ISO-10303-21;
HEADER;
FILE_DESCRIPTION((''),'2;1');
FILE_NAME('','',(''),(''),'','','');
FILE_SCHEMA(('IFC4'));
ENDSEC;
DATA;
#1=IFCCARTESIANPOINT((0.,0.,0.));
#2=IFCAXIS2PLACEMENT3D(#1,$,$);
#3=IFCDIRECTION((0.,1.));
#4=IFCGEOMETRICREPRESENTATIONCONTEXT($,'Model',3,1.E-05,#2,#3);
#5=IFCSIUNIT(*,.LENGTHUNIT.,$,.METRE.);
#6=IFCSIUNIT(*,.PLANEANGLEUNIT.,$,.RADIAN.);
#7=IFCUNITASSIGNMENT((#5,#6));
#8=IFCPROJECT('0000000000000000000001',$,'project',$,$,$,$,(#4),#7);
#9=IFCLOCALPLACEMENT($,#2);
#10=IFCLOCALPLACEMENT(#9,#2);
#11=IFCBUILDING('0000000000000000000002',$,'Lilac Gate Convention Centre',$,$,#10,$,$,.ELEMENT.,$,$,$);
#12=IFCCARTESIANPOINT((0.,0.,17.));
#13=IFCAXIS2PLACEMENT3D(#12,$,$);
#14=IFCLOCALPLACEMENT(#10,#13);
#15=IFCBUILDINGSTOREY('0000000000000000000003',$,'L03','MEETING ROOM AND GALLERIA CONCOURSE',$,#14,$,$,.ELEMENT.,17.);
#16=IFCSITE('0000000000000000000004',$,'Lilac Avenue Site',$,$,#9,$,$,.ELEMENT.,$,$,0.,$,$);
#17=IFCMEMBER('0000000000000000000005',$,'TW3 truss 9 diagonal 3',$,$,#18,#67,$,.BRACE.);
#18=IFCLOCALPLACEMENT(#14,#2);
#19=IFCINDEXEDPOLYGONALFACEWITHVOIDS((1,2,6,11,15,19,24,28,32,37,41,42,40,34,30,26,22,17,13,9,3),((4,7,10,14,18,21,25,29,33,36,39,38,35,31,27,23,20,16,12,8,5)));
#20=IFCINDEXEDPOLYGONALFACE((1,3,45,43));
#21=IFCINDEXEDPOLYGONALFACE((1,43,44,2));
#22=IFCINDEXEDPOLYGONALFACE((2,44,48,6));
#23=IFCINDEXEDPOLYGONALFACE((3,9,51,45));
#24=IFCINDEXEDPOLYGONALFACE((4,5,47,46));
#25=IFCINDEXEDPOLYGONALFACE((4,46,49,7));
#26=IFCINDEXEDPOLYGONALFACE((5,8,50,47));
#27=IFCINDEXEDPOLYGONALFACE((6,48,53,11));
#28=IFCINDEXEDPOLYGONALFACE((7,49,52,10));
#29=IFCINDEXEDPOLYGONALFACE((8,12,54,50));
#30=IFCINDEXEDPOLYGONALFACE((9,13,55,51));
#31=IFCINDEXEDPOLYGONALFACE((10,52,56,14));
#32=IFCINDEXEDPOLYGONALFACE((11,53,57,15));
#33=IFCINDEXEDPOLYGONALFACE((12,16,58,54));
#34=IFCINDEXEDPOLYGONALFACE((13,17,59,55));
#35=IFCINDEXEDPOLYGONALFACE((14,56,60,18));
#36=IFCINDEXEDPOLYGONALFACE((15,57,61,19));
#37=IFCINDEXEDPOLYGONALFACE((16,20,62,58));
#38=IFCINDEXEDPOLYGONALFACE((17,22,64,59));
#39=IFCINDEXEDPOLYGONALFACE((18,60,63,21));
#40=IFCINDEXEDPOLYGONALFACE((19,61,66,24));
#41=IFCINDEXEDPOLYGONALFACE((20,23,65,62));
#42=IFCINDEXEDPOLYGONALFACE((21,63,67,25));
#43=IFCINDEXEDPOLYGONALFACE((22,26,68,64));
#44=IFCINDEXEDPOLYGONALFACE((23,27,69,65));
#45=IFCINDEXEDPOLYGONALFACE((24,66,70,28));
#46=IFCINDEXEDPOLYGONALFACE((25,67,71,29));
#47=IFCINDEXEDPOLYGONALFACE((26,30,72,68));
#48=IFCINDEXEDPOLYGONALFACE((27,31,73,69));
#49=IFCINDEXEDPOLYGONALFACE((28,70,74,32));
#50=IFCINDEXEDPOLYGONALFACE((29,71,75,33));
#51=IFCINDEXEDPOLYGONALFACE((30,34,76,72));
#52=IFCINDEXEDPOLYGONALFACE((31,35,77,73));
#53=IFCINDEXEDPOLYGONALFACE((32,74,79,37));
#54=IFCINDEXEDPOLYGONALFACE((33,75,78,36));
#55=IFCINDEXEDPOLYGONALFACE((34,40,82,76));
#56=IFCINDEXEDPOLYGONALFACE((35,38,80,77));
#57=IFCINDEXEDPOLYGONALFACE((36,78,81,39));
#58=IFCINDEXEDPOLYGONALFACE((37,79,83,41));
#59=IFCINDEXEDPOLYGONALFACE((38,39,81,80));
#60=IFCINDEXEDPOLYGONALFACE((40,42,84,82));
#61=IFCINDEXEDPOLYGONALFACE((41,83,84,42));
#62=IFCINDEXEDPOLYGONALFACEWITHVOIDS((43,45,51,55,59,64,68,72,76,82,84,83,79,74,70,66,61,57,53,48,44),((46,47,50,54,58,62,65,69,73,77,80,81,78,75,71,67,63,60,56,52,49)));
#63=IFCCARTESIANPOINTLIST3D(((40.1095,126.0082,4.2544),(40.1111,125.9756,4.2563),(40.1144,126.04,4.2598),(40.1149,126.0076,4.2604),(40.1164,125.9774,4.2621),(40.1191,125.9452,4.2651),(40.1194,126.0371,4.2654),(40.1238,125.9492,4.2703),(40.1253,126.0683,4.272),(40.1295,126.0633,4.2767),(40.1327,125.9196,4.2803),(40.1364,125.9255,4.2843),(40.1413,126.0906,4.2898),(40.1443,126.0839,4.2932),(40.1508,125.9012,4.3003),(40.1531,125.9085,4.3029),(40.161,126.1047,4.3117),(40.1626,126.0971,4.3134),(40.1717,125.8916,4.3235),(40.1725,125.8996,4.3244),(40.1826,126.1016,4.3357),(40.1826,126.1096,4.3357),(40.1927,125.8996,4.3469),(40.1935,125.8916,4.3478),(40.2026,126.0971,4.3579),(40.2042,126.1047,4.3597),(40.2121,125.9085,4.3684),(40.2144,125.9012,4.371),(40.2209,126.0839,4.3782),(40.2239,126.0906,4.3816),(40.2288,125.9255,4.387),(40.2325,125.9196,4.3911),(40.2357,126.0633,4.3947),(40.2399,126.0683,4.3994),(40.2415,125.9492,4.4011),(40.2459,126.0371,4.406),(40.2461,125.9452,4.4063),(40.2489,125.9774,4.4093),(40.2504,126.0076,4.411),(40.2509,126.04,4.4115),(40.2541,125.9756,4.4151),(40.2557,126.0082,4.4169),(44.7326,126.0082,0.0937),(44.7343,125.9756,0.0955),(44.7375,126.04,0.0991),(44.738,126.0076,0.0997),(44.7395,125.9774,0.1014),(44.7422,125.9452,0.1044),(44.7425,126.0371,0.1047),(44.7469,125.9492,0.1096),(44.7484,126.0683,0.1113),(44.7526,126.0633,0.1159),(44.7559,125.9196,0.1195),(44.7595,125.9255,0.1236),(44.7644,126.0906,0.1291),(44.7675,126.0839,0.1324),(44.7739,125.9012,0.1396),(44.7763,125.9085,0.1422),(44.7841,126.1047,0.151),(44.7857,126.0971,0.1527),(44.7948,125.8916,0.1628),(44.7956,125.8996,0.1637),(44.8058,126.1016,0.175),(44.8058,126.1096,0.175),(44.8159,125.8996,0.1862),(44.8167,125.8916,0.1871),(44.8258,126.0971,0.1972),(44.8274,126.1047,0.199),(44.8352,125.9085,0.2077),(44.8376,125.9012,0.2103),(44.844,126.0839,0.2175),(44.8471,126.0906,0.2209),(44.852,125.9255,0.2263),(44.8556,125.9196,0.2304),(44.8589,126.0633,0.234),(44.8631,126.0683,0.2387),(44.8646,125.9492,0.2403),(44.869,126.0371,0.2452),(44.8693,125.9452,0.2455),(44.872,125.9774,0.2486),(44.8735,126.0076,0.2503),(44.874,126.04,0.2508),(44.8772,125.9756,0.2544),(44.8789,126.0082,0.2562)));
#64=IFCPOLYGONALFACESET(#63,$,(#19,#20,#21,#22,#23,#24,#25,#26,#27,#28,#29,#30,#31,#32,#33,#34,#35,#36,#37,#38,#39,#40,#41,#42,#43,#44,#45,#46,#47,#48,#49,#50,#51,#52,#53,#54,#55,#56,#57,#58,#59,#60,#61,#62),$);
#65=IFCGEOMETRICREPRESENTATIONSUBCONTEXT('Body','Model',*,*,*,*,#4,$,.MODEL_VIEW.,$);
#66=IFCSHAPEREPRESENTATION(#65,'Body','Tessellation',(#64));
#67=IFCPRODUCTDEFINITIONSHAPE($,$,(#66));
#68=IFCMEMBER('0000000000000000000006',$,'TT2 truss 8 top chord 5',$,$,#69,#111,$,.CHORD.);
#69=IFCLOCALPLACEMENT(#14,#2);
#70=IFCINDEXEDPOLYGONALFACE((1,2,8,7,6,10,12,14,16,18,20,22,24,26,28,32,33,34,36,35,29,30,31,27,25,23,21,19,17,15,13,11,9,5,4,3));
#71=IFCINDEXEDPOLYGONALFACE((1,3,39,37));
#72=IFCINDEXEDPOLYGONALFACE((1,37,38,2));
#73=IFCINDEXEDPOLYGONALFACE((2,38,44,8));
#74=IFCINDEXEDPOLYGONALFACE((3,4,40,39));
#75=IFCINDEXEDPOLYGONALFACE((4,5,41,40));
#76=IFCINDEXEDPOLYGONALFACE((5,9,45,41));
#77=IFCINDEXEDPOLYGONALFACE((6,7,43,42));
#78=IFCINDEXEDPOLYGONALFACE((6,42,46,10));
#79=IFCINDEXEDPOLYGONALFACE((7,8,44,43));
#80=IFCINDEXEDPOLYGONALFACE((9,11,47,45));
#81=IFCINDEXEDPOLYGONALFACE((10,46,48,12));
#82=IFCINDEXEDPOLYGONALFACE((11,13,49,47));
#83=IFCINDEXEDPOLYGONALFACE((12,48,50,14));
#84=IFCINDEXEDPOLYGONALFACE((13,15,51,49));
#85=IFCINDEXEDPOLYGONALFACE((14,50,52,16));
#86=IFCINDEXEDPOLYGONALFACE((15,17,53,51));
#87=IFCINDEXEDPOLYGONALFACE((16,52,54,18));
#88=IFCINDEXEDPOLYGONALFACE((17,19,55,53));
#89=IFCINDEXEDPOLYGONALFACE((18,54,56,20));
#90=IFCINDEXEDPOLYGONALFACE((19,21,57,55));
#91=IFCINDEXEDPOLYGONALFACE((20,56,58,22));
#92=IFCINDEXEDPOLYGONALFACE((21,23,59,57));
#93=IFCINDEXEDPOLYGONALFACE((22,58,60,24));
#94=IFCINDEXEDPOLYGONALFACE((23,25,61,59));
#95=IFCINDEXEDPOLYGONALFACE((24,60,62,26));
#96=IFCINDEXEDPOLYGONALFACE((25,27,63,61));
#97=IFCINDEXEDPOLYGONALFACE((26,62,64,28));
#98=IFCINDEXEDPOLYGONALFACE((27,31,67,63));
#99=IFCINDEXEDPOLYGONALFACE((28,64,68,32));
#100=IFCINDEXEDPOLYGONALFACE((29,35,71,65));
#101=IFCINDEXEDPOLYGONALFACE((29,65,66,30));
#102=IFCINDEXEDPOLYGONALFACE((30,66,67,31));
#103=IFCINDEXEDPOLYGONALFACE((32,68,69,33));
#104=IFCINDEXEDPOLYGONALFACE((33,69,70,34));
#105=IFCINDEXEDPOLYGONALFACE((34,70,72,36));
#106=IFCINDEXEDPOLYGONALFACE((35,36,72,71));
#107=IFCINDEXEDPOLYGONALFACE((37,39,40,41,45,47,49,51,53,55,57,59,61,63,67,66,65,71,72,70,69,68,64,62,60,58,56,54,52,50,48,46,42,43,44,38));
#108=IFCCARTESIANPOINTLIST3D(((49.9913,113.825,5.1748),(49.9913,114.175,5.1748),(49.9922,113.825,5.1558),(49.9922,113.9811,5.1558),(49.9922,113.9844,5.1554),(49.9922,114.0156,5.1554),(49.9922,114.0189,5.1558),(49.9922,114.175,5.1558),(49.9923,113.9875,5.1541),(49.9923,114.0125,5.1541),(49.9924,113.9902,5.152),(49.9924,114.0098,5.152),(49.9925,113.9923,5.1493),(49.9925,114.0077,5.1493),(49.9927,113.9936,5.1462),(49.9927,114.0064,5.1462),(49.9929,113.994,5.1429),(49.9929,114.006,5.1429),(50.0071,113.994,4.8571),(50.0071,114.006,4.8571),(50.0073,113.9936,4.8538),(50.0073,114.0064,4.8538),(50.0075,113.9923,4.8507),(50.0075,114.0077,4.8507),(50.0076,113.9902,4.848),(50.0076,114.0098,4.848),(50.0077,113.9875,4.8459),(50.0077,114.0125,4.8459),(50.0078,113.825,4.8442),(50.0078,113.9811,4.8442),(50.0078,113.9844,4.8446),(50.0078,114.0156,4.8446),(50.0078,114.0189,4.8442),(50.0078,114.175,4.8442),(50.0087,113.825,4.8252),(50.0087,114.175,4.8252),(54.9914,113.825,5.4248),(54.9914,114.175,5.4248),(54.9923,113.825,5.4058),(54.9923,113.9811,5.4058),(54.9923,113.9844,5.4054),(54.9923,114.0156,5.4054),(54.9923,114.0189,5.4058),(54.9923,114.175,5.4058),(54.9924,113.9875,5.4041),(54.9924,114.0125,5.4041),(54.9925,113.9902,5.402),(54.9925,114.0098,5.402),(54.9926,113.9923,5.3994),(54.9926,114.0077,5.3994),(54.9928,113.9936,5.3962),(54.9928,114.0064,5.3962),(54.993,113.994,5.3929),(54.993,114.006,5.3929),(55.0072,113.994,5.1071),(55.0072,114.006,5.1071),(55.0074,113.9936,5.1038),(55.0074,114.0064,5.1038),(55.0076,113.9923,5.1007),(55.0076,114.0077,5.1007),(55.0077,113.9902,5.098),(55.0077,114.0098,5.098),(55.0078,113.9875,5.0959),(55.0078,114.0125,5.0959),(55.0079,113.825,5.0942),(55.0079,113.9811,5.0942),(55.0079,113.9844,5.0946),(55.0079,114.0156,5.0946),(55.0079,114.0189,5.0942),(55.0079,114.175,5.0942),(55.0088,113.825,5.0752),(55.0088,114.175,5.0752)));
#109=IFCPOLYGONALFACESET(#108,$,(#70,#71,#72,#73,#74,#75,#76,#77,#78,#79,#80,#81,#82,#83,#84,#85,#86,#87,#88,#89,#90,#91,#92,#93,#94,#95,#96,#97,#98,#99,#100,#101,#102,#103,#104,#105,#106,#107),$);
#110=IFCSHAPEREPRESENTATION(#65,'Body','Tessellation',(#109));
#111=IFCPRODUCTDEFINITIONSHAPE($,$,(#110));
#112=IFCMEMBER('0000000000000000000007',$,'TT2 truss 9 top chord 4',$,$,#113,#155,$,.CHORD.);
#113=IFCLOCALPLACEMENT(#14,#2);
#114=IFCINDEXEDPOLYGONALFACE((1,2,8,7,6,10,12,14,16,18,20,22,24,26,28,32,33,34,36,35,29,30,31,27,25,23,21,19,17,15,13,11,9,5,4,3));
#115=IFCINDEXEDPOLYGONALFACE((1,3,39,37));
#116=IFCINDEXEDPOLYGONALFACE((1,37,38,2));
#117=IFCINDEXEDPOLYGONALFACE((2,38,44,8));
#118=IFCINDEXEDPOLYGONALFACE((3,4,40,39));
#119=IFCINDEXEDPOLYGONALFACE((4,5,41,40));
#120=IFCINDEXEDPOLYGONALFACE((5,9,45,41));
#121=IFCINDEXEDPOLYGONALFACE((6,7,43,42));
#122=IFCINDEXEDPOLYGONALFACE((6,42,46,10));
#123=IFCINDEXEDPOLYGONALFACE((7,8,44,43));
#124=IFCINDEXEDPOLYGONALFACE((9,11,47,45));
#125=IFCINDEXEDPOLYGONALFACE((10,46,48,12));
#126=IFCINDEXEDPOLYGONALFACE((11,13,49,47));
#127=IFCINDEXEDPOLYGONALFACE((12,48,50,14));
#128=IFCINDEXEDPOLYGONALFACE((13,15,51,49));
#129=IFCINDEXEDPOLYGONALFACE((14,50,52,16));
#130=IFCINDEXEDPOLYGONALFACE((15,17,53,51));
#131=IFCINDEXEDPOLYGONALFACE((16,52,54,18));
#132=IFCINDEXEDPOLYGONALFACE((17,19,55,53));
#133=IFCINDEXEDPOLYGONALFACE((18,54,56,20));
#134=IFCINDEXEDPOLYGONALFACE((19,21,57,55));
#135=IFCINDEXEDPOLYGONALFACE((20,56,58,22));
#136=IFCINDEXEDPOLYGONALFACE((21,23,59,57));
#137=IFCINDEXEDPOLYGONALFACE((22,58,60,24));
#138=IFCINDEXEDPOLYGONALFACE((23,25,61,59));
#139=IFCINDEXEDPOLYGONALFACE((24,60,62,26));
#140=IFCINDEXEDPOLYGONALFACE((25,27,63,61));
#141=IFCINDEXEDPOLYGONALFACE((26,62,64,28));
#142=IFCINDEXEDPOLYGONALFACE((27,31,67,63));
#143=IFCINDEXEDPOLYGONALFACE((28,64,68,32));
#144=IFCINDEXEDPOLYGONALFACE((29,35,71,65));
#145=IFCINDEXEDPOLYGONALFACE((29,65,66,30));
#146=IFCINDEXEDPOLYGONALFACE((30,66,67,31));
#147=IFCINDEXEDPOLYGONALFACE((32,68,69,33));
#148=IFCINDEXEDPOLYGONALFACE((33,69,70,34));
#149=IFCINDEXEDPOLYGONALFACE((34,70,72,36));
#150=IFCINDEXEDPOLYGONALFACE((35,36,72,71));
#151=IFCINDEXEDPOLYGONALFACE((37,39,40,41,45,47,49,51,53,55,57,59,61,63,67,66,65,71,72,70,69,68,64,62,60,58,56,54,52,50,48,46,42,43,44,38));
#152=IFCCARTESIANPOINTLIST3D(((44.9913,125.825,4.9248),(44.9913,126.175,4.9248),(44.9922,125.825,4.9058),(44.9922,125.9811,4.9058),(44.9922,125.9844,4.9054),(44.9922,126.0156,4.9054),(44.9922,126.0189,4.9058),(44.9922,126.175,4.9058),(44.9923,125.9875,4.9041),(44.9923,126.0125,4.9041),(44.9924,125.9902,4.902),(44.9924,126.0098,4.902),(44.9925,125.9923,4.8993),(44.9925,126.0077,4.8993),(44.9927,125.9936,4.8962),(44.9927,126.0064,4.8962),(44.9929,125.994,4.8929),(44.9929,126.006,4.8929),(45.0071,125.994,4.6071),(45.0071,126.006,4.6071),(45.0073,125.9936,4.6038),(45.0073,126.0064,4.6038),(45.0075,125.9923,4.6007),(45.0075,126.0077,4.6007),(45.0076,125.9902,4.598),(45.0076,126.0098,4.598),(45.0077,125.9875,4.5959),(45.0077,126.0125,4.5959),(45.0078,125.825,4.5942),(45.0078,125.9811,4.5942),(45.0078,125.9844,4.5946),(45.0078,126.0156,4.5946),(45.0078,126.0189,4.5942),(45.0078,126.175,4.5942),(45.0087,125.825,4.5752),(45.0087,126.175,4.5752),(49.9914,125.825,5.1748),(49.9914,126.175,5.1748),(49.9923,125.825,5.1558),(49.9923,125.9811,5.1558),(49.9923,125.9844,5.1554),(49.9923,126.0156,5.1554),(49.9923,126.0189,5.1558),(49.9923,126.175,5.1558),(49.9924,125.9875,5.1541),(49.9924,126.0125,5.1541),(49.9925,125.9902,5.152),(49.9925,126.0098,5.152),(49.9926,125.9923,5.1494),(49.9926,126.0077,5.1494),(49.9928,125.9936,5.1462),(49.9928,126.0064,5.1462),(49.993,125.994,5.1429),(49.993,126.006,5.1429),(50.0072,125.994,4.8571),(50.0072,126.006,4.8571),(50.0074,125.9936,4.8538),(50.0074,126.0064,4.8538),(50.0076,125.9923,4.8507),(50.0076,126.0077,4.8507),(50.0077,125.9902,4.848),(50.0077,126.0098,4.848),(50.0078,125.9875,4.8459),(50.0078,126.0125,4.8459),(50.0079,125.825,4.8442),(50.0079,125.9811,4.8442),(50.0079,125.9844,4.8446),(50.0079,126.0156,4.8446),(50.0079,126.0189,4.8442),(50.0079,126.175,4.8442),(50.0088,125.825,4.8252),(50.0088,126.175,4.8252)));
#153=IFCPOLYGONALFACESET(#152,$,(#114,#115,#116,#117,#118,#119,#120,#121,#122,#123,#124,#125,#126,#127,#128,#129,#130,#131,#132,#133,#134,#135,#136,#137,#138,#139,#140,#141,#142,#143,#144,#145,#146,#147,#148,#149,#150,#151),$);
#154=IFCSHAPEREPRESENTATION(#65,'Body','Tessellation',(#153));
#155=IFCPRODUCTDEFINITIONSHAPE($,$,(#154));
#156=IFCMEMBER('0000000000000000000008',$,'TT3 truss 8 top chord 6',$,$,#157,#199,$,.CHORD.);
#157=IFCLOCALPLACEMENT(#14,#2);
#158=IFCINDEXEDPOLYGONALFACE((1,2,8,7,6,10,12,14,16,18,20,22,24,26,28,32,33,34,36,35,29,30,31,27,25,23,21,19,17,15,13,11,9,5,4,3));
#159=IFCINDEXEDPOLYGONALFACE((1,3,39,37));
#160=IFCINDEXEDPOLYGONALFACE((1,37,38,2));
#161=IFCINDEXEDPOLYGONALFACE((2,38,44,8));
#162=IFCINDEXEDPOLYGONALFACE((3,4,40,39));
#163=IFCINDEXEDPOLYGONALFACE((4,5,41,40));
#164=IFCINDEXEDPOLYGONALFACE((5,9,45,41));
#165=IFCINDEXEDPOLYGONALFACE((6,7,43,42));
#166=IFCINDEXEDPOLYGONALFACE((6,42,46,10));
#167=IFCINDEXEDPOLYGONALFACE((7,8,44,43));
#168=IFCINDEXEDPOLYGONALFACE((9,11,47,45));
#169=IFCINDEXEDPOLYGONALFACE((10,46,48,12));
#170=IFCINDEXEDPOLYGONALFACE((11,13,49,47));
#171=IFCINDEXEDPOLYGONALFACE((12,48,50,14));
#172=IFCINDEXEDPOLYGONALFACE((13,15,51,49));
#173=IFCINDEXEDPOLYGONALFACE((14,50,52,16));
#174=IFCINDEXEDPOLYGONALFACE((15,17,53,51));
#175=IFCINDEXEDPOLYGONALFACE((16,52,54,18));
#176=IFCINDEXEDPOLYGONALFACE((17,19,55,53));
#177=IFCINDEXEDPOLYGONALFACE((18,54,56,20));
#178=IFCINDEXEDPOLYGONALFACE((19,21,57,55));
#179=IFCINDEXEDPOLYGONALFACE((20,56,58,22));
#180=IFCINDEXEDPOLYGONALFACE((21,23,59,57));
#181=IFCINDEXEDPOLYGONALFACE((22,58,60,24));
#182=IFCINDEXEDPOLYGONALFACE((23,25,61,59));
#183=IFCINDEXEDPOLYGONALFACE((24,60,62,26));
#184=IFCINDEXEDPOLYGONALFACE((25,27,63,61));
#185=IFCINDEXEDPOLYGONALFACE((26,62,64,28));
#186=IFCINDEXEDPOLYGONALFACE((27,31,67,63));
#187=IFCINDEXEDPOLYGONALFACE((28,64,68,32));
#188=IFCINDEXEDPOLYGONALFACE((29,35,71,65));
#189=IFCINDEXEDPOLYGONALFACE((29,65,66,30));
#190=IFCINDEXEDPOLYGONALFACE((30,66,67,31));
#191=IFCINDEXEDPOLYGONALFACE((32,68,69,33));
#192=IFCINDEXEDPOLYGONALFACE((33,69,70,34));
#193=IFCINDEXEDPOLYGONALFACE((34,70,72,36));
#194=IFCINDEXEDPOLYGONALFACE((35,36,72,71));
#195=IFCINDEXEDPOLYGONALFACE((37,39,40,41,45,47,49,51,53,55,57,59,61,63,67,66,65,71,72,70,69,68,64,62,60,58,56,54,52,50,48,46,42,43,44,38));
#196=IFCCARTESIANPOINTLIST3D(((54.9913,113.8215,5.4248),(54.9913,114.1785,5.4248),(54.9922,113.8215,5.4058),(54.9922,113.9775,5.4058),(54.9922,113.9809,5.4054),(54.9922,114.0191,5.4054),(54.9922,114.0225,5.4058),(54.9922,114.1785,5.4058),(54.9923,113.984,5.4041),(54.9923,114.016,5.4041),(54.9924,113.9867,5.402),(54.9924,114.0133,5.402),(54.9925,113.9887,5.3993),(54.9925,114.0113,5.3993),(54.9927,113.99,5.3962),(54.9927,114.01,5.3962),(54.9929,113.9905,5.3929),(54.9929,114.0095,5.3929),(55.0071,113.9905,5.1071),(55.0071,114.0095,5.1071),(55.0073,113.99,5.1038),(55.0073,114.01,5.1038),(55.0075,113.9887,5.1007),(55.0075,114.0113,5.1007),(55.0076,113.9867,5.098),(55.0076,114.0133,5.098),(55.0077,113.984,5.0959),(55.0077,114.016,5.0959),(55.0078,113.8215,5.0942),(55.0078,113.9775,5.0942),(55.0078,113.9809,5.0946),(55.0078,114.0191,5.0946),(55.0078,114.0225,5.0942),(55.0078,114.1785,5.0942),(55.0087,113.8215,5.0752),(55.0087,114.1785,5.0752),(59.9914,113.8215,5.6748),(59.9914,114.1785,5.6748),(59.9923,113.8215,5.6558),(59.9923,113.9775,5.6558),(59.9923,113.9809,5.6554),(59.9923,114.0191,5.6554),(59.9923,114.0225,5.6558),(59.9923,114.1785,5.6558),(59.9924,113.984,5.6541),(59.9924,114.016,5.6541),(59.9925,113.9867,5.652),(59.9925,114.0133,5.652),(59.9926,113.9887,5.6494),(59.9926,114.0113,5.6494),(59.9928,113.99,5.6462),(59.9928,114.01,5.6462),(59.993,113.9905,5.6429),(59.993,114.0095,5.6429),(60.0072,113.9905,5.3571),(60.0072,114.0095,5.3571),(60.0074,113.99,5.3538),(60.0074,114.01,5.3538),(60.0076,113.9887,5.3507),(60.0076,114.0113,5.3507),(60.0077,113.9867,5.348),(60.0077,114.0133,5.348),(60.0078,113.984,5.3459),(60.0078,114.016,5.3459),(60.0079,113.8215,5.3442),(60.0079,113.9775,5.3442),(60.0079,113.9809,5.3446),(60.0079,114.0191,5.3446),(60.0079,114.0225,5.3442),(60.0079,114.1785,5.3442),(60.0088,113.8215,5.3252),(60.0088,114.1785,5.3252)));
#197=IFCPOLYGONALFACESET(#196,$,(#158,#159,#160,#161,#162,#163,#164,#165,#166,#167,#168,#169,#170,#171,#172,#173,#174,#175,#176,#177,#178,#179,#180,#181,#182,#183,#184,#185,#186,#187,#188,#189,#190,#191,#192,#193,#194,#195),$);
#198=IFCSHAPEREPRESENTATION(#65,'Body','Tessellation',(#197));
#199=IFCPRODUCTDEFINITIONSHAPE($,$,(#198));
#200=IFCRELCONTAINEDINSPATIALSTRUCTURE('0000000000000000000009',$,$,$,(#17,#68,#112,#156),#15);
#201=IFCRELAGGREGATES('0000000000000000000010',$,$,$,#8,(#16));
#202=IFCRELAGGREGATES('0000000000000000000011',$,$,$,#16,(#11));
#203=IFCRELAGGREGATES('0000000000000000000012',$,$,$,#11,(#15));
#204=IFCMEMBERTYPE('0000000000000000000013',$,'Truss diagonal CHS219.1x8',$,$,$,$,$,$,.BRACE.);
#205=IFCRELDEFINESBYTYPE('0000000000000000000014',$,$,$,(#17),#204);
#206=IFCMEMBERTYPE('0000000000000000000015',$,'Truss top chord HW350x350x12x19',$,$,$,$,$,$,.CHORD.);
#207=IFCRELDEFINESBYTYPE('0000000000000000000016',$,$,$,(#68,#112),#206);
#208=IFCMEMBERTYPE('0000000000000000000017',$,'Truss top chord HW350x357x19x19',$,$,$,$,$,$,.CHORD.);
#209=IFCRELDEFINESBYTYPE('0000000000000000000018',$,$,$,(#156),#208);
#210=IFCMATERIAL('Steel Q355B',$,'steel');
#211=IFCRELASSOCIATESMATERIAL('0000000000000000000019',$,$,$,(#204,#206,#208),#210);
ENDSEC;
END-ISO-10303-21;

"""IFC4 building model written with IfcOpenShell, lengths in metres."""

from ifc_helpers import new_model, si_unit, direction, frame, origin, origin_2d, place, context, subcontext, project, spatial, hollow_circle, i_section, extrude, material, material_profile, profile_set, type_object, element, save


model = new_model("IFC4")

# Units and contexts
model_context = context("Model", 3, precision=1e-05, world=origin(), true_north=direction((0.0, 1.0)))
body_context = subcontext(model_context, "Body", "Model", "MODEL_VIEW")
ifc_project = project(units=[si_unit("LENGTHUNIT", "METRE"), si_unit("PLANEANGLEUNIT", "RADIAN")], contexts=[model_context])

# Site, building, storey
site_placement = place(None, origin())
site = spatial("IfcSite", under=ifc_project, at=site_placement, Name="Lilac Avenue Site", CompositionType="ELEMENT", RefElevation=0.0)
building_placement = place(site_placement, origin())
building = spatial("IfcBuilding", under=site, at=building_placement, Name="Lilac Gate Convention Centre", CompositionType="ELEMENT")
storey_placement = place(building_placement, frame((0.0, 0.0, 17.0)))
storey = spatial("IfcBuildingStorey", under=building, at=storey_placement, Name="L03", Description="MEETING ROOM AND GALLERIA CONCOURSE", CompositionType="ELEMENT", Elevation=17.0)

# Members
ifc_material = material(Name="Steel Q355B", Category="steel")
ifc_material_profile_1 = material_profile(ifc_material, hollow_circle(Radius=0.1096, WallThickness=0.0081, at=origin_2d()), Name="CHS219.1x8")
ifc_profile_set_1 = profile_set([ifc_material_profile_1], Name="Steel Q355B")
member_type_1 = type_object("IfcMemberType", Name="Truss diagonal CHS219.1x8", PredefinedType="BRACE", material=ifc_profile_set_1)
member_1_placement = place(storey_placement, frame((40.1826, 126.0, 4.3357), z_axis=(0.743302, 0.0, -0.668956), x_axis=(0.0, 1.0, 0.0)))
element("IfcMember", 1, at=member_1_placement, inside=storey, type_object=member_type_1, Name="TW3 truss 9 diagonal 3", PredefinedType="BRACE", context=body_context, shape_type="SweptSolid", body=[
    extrude(hollow_circle(Radius=0.1096, WallThickness=0.0081, at=origin_2d()), origin(), (0.0, 0.0, 1.0), 6.2197),
])
ifc_material_profile_2 = material_profile(ifc_material, i_section(OverallWidth=0.3501, OverallDepth=0.3501, WebThickness=0.012, FlangeThickness=0.019, FilletRadius=0.0129, at=origin_2d()), Name="HW350x350x12x19")
ifc_profile_set_2 = profile_set([ifc_material_profile_2], Name="Steel Q355B")
member_type_2 = type_object("IfcMemberType", Name="Truss top chord HW350x350x12x19", PredefinedType="CHORD", material=ifc_profile_set_2)
for number, where, z_axis, x_axis, name in (
    (2, (50.0, 114.0, 5.0), (0.998752, 0.0, 0.049938), (0.0, 1.0, 0.0), "TT2 truss 8 top chord 5"),
    (3, (45.0, 126.0, 4.75), (0.998752, 0.0, 0.049938), (0.0, 1.0, 0.0), "TT2 truss 9 top chord 4"),
):
    element("IfcMember", number, at=place(storey_placement, frame(where, z_axis=z_axis, x_axis=x_axis)), inside=storey, type_object=member_type_2, Name=name, PredefinedType="CHORD", context=body_context, shape_type="SweptSolid", body=[
        extrude(i_section(OverallWidth=0.3501, OverallDepth=0.3501, WebThickness=0.012, FlangeThickness=0.019, FilletRadius=0.0129, at=origin_2d()), origin(), (0.0, 0.0, 1.0), 5.0063),
    ])
ifc_material_profile_3 = material_profile(ifc_material, i_section(OverallWidth=0.3569, OverallDepth=0.3501, WebThickness=0.019, FlangeThickness=0.019, FilletRadius=0.0129, at=origin_2d()), Name="HW350x357x19x19")
ifc_profile_set_3 = profile_set([ifc_material_profile_3], Name="Steel Q355B")
member_type_3 = type_object("IfcMemberType", Name="Truss top chord HW350x357x19x19", PredefinedType="CHORD", material=ifc_profile_set_3)
member_2_placement = place(storey_placement, frame((55.0, 114.0, 5.25), z_axis=(0.998752, 0.0, 0.049938), x_axis=(0.0, 1.0, 0.0)))
element("IfcMember", 4, at=member_2_placement, inside=storey, type_object=member_type_3, Name="TT3 truss 8 top chord 6", PredefinedType="CHORD", context=body_context, shape_type="SweptSolid", body=[
    extrude(i_section(OverallWidth=0.3569, OverallDepth=0.3501, WebThickness=0.019, FlangeThickness=0.019, FilletRadius=0.0129, at=origin_2d()), origin(), (0.0, 0.0, 1.0), 5.0063),
])

save(model, "model.ifc")
